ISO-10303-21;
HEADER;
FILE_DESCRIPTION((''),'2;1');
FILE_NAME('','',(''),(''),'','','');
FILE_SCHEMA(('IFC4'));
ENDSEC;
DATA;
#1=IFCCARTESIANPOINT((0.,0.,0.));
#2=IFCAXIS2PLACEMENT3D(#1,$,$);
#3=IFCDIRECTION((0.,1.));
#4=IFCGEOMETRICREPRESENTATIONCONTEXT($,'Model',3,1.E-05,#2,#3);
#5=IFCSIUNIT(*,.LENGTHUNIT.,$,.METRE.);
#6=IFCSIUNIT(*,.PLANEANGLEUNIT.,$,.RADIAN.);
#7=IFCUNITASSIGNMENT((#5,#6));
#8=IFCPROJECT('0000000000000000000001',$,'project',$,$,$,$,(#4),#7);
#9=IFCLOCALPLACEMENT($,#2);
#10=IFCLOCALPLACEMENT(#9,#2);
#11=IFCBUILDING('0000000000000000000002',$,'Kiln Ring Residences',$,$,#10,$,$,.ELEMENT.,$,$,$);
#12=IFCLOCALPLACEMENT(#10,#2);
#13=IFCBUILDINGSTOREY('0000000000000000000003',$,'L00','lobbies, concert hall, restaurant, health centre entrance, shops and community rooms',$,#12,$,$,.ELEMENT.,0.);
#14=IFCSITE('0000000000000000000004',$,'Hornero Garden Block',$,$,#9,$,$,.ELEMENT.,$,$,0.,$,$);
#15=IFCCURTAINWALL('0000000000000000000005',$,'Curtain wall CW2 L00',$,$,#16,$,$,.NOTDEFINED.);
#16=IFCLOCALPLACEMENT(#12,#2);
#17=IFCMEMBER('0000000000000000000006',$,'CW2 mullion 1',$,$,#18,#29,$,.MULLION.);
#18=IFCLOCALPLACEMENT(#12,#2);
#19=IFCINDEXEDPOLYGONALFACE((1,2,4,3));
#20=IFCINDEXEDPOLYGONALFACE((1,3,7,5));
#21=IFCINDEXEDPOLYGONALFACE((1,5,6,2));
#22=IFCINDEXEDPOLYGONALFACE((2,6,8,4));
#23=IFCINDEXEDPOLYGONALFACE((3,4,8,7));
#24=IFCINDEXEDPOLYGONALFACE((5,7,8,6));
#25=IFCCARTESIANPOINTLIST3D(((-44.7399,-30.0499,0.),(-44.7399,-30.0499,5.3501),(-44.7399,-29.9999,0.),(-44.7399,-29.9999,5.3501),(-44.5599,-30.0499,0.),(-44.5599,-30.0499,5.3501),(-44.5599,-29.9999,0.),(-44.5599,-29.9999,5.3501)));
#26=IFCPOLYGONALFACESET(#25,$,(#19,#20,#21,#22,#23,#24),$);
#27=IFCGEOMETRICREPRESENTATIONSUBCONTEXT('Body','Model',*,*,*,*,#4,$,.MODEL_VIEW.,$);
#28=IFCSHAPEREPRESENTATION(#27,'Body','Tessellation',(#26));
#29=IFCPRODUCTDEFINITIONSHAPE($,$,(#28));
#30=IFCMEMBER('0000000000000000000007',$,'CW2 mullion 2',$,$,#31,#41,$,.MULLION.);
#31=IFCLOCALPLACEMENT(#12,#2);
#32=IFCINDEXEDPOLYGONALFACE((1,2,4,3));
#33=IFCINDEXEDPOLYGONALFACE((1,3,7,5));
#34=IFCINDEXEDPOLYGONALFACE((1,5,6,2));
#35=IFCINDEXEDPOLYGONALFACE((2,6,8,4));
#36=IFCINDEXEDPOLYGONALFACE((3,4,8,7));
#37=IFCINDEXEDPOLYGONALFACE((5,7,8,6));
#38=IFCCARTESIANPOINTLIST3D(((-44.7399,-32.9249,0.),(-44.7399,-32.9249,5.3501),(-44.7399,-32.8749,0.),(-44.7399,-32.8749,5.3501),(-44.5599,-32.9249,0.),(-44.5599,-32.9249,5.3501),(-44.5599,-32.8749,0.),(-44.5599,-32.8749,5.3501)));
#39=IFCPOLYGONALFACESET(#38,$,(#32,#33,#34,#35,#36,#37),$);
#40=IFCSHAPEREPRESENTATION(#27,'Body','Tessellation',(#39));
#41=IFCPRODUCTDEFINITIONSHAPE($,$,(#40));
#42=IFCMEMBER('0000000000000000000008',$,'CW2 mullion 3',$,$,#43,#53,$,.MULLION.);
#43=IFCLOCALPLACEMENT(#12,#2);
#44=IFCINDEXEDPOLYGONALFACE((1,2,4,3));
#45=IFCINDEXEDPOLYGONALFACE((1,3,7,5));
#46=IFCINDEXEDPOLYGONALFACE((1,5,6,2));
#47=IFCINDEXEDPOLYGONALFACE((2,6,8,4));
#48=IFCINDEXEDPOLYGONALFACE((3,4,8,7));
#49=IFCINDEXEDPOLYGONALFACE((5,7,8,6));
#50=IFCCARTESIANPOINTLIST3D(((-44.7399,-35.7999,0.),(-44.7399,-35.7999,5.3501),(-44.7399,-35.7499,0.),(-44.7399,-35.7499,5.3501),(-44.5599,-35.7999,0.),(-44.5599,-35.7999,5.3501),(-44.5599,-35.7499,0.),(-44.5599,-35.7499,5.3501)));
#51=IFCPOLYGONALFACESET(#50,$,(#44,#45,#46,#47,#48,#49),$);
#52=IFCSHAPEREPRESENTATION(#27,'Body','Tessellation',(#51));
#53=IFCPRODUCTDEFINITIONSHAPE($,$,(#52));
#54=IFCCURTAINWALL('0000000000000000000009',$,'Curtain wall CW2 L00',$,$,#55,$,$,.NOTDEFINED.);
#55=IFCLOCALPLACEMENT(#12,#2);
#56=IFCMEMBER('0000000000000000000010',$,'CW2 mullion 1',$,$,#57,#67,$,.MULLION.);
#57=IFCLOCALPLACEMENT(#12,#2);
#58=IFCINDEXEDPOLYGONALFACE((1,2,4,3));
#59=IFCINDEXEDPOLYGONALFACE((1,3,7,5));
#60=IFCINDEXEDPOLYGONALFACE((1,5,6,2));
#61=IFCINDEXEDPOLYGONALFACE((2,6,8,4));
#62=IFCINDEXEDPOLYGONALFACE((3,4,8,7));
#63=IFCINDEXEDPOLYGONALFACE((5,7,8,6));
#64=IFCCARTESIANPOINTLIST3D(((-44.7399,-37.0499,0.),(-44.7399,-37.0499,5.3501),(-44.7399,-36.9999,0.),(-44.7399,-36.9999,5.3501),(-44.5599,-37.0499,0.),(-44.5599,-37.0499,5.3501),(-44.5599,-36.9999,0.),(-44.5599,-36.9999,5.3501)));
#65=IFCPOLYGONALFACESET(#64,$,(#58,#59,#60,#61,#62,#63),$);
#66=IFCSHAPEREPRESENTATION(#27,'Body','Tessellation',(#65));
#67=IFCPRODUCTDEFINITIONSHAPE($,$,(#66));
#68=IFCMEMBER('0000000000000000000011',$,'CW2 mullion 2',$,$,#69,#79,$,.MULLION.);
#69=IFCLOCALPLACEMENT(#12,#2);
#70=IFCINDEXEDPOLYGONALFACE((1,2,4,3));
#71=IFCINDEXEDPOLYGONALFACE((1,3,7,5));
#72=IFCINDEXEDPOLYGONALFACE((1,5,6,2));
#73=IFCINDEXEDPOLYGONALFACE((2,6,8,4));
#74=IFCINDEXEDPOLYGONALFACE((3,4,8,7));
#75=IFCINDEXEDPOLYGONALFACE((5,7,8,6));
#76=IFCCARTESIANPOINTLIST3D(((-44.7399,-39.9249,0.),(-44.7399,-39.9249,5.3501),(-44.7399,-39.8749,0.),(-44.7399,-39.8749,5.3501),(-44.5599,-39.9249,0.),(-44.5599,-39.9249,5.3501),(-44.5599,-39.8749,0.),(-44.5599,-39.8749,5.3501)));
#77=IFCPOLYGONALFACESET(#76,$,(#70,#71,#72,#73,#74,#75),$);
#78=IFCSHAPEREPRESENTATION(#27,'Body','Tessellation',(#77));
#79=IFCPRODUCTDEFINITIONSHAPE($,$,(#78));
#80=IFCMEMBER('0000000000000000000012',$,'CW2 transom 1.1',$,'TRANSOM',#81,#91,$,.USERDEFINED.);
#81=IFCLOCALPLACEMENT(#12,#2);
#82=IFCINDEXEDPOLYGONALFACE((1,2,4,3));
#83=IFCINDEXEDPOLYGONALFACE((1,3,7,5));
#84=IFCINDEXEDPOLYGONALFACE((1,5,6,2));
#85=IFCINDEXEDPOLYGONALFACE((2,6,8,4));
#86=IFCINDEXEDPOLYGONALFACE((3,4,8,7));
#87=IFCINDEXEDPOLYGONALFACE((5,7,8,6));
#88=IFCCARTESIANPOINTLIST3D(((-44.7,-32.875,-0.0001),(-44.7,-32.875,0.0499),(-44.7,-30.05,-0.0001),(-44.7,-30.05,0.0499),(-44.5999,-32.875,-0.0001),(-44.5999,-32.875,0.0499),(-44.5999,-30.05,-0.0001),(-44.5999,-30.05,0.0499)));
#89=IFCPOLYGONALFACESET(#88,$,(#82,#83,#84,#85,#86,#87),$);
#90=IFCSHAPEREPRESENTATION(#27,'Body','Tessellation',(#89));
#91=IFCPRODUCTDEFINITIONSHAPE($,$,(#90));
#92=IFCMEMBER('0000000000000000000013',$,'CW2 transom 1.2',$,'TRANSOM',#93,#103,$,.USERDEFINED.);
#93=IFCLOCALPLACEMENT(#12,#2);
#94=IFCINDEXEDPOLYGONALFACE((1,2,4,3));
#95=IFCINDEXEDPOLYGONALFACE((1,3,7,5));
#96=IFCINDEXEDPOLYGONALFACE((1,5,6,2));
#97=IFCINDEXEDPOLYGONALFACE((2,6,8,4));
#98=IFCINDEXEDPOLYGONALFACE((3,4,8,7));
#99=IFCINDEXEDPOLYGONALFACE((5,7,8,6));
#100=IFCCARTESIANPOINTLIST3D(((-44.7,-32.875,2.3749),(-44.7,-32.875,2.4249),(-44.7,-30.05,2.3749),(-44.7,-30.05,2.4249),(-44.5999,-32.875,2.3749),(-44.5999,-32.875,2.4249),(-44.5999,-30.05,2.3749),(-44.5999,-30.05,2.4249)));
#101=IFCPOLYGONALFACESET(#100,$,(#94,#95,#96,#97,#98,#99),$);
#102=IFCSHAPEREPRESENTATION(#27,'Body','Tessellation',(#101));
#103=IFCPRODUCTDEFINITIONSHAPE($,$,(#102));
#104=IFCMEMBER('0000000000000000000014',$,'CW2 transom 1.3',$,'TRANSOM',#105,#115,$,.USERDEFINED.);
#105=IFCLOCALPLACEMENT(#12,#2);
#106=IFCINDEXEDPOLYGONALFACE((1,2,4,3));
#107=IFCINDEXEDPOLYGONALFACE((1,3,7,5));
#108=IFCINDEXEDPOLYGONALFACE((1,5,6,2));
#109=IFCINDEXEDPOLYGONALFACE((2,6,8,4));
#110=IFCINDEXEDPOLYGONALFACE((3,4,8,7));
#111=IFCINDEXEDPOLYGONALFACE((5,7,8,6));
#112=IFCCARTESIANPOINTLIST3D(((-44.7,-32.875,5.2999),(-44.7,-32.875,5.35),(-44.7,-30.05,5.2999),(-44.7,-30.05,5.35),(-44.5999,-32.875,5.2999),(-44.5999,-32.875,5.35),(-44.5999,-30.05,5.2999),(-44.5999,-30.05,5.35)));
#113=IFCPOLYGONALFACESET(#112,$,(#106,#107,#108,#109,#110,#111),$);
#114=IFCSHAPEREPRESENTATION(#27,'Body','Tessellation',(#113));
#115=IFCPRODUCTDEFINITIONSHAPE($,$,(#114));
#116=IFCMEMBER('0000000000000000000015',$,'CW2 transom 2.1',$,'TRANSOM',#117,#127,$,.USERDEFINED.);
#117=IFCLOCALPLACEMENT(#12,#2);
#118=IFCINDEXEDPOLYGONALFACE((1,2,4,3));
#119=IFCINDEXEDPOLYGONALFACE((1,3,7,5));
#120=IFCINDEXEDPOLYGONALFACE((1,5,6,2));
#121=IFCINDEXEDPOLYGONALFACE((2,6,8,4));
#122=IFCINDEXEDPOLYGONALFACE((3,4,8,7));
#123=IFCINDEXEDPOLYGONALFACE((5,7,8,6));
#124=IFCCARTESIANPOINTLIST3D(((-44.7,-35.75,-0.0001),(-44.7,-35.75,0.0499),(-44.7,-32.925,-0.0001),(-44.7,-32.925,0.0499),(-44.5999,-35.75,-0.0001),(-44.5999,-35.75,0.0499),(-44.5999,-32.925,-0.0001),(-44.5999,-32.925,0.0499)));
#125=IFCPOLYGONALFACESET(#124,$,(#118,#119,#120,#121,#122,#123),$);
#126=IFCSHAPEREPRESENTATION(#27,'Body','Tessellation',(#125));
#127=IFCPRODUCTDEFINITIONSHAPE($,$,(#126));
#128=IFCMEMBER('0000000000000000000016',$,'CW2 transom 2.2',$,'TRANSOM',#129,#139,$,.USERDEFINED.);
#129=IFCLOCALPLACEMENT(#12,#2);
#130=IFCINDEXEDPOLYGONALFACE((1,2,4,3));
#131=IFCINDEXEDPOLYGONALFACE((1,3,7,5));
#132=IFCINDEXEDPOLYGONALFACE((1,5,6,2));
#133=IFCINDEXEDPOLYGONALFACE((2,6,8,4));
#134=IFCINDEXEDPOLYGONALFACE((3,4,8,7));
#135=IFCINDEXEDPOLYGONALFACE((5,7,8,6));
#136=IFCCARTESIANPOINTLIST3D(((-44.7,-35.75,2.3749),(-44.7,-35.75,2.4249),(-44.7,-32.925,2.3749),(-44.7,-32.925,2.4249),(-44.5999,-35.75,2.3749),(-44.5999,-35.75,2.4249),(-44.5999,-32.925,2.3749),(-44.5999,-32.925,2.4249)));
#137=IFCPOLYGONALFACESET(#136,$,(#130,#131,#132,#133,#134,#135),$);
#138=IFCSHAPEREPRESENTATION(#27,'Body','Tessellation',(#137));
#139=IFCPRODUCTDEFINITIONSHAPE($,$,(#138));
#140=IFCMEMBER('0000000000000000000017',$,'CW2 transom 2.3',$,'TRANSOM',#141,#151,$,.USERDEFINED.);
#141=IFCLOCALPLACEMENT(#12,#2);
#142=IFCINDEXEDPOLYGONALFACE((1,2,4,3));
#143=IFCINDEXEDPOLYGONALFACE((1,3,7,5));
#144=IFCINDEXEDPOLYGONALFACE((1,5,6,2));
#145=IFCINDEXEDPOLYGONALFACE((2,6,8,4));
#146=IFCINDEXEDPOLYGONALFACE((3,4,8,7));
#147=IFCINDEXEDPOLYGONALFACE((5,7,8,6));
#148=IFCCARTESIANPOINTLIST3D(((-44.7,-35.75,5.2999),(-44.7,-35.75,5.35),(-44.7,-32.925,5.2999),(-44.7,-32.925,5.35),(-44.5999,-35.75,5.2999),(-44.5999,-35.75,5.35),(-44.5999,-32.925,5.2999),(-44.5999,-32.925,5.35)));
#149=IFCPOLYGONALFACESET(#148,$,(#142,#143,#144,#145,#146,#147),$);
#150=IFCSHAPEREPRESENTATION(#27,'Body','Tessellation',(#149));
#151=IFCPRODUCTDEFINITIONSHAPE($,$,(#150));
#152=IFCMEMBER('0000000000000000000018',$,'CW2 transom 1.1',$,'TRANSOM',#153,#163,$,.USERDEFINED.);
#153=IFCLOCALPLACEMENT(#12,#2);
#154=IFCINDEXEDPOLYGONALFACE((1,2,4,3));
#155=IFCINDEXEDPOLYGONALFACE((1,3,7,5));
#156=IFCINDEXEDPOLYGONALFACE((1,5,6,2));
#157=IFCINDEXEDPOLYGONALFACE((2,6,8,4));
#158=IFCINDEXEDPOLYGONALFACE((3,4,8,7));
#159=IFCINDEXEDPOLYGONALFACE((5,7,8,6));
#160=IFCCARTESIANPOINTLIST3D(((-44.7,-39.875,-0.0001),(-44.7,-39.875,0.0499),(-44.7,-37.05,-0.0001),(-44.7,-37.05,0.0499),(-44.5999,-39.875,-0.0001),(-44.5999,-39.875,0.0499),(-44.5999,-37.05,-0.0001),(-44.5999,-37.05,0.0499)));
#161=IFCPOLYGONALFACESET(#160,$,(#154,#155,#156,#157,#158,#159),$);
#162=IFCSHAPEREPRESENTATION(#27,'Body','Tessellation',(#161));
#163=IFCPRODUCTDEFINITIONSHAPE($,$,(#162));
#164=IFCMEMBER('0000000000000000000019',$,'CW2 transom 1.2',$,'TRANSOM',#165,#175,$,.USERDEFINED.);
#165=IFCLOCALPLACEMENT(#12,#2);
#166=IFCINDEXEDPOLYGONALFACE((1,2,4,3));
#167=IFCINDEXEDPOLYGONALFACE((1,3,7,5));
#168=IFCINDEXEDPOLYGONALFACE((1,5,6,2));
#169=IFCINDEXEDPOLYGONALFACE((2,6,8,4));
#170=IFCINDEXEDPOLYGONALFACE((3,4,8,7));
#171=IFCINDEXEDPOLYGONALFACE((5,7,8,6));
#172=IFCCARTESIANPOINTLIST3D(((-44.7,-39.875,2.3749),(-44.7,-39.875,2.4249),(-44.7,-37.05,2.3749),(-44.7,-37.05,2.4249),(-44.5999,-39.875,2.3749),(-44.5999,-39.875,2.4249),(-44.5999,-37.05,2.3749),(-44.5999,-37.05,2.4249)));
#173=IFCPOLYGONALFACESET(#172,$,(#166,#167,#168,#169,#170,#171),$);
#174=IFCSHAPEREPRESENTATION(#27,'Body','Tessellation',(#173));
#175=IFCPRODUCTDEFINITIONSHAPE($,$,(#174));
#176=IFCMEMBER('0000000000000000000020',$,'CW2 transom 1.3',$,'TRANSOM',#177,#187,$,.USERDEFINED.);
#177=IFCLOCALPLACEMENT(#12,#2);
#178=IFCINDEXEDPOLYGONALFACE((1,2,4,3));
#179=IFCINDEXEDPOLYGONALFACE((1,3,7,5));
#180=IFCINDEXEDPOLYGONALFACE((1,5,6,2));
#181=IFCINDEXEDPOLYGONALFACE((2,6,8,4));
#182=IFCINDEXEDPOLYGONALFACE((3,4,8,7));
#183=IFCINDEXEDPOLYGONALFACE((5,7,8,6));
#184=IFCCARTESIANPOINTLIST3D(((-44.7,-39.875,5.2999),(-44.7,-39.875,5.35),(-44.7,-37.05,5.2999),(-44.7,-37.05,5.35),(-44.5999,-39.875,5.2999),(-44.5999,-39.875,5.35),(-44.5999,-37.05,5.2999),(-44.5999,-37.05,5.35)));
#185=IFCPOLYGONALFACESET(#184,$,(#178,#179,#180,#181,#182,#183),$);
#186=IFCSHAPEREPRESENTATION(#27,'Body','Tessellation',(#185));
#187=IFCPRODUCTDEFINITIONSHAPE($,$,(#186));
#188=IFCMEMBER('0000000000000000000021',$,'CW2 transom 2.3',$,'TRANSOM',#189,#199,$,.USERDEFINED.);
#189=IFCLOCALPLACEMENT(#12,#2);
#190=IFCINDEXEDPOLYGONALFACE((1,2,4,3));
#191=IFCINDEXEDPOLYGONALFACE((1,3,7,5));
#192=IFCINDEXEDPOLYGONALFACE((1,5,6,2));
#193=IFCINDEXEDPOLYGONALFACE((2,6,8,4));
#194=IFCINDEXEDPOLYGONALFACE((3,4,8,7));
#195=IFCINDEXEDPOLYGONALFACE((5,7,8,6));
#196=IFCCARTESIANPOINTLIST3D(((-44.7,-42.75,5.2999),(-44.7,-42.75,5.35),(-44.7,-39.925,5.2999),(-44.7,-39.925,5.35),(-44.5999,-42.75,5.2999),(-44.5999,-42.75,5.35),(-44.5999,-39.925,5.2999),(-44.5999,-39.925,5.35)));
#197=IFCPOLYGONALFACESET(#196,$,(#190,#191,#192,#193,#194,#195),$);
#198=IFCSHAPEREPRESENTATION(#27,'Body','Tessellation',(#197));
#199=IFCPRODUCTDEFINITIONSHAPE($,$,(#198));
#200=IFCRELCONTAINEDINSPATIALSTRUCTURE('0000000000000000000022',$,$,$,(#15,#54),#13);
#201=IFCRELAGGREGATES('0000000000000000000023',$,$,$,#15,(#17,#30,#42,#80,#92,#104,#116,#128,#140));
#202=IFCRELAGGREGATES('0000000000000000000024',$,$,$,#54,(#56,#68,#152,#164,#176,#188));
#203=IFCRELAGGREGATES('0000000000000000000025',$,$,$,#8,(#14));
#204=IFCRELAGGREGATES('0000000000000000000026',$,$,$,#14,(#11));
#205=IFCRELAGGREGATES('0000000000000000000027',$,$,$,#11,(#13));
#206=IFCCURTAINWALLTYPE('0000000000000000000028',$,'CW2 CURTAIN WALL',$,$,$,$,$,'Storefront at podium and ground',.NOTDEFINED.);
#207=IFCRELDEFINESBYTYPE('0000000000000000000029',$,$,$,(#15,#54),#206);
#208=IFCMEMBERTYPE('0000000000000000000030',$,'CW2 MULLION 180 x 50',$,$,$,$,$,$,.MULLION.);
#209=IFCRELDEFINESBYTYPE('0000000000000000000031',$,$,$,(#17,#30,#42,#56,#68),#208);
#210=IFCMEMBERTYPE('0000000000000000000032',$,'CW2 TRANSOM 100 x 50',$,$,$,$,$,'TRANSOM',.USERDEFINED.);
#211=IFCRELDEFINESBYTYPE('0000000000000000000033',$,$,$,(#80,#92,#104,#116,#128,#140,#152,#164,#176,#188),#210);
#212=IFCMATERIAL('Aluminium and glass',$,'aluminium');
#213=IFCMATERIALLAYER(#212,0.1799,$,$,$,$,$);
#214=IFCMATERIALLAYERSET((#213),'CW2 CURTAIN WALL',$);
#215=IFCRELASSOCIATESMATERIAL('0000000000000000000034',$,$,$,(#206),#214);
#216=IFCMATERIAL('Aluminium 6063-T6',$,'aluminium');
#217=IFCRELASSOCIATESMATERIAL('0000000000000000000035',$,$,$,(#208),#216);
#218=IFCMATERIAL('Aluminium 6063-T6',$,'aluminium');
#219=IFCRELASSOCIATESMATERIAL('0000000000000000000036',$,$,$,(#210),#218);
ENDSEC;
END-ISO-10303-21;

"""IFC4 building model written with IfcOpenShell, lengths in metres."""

from ifc_helpers import new_model, si_unit, direction, frame, origin, origin_2d, place, context, subcontext, project, spatial, rectangle, extrude, material, layer, layer_set, material_profile, profile_set, type_object, element, aggregate, save


model = new_model("IFC4")

# Units and contexts
model_context = context("Model", 3, precision=1e-05, world=origin(), true_north=direction((0.0, 1.0)))
body_context = subcontext(model_context, "Body", "Model", "MODEL_VIEW")
ifc_project = project(units=[si_unit("LENGTHUNIT", "METRE"), si_unit("PLANEANGLEUNIT", "RADIAN")], contexts=[model_context])

# Site, building, storey
site_placement = place(None, origin())
site = spatial("IfcSite", under=ifc_project, at=site_placement, Name="Hornero Garden Block", CompositionType="ELEMENT", RefElevation=0.0)
building_placement = place(site_placement, origin())
building = spatial("IfcBuilding", under=site, at=building_placement, Name="Kiln Ring Residences", CompositionType="ELEMENT")
storey_placement = place(building_placement, origin())
storey = spatial("IfcBuildingStorey", under=building, at=storey_placement, Name="L00", Description="lobbies, concert hall, restaurant, health centre entrance, shops and community rooms", CompositionType="ELEMENT", Elevation=0.0)

# Curtain walls, members
ifc_material_1 = material(Name="Aluminium and glass", Category="aluminium")
ifc_layer_1 = layer(ifc_material_1, 0.1799)
ifc_layer_set_1 = layer_set([ifc_layer_1], Name="CW2 CURTAIN WALL")
curtain_wall_type = type_object("IfcCurtainWallType", Name="CW2 CURTAIN WALL", ElementType="Storefront at podium and ground", PredefinedType="NOTDEFINED", material=ifc_layer_set_1)
placement = place(storey_placement, origin())
curtain_wall_1 = element("IfcCurtainWall", 1, at=placement, inside=storey, type_object=curtain_wall_type, Name="Curtain wall CW2 L00", PredefinedType="NOTDEFINED")
ifc_material_2 = material(Name="Aluminium 6063-T6", Category="aluminium")
ifc_material_profile_1 = material_profile(ifc_material_2, rectangle(XDim=0.1799, YDim=0.05, at=origin_2d()), Name="AL 180x50")
ifc_profile_set_1 = profile_set([ifc_material_profile_1], Name="Aluminium 6063-T6")
member_type_1 = type_object("IfcMemberType", Name="CW2 MULLION 180 x 50", PredefinedType="MULLION", material=ifc_profile_set_1)
member_1_placement = place(storey_placement, frame((-44.6499, -30.0249, 0.0), z_axis=(0.0, 0.0, 1.0), x_axis=(1.0, 0.0, 0.0)))
member_1 = element("IfcMember", 2, at=member_1_placement, type_object=member_type_1, Name="CW2 mullion 1", PredefinedType="MULLION", context=body_context, shape_type="SweptSolid", body=[
    extrude(rectangle(XDim=0.1799, YDim=0.05, at=origin_2d()), origin(), (0.0, 0.0, 1.0), 5.3501),
])
member_2_placement = place(storey_placement, frame((-44.6499, -32.8999, 0.0), z_axis=(0.0, 0.0, 1.0), x_axis=(1.0, 0.0, 0.0)))
member_2 = element("IfcMember", 3, at=member_2_placement, type_object=member_type_1, Name="CW2 mullion 2", PredefinedType="MULLION", context=body_context, shape_type="SweptSolid", body=[
    extrude(rectangle(XDim=0.1799, YDim=0.05, at=origin_2d()), origin(), (0.0, 0.0, 1.0), 5.3501),
])
member_3_placement = place(storey_placement, frame((-44.6499, -35.7749, 0.0), z_axis=(0.0, 0.0, 1.0), x_axis=(1.0, 0.0, 0.0)))
member_3 = element("IfcMember", 4, at=member_3_placement, type_object=member_type_1, Name="CW2 mullion 3", PredefinedType="MULLION", context=body_context, shape_type="SweptSolid", body=[
    extrude(rectangle(XDim=0.1799, YDim=0.05, at=origin_2d()), origin(), (0.0, 0.0, 1.0), 5.3501),
])
curtain_wall_2 = element("IfcCurtainWall", 5, at=placement, inside=storey, type_object=curtain_wall_type, Name="Curtain wall CW2 L00", PredefinedType="NOTDEFINED")
member_4_placement = place(storey_placement, frame((-44.6499, -37.0249, 0.0), z_axis=(0.0, 0.0, 1.0), x_axis=(1.0, 0.0, 0.0)))
member_4 = element("IfcMember", 6, at=member_4_placement, type_object=member_type_1, Name="CW2 mullion 1", PredefinedType="MULLION", context=body_context, shape_type="SweptSolid", body=[
    extrude(rectangle(XDim=0.1799, YDim=0.05, at=origin_2d()), origin(), (0.0, 0.0, 1.0), 5.3501),
])
member_5_placement = place(storey_placement, frame((-44.6499, -39.8999, 0.0), z_axis=(0.0, 0.0, 1.0), x_axis=(1.0, 0.0, 0.0)))
member_5 = element("IfcMember", 7, at=member_5_placement, type_object=member_type_1, Name="CW2 mullion 2", PredefinedType="MULLION", context=body_context, shape_type="SweptSolid", body=[
    extrude(rectangle(XDim=0.1799, YDim=0.05, at=origin_2d()), origin(), (0.0, 0.0, 1.0), 5.3501),
])

# Members
ifc_material_3 = material(Name="Aluminium 6063-T6", Category="aluminium")
ifc_material_profile_2 = material_profile(ifc_material_3, rectangle(XDim=0.1001, YDim=0.05, at=origin_2d()), Name="AL 100x50")
ifc_profile_set_2 = profile_set([ifc_material_profile_2], Name="Aluminium 6063-T6")
member_type_2 = type_object("IfcMemberType", Name="CW2 TRANSOM 100 x 50", ElementType="TRANSOM", PredefinedType="USERDEFINED", material=ifc_profile_set_2)
member_6_placement = place(storey_placement, frame((-44.6499, -30.05, 0.0249), z_axis=(0.0, -1.0, 0.0), x_axis=(1.0, 0.0, 0.0)))
member_6 = element("IfcMember", 8, at=member_6_placement, type_object=member_type_2, Name="CW2 transom 1.1", ObjectType="TRANSOM", PredefinedType="USERDEFINED", context=body_context, shape_type="SweptSolid", body=[
    extrude(rectangle(XDim=0.1001, YDim=0.05, at=origin_2d()), origin(), (0.0, 0.0, 1.0), 2.825),
])
member_7_placement = place(storey_placement, frame((-44.6499, -30.05, 2.3999), z_axis=(0.0, -1.0, 0.0), x_axis=(1.0, 0.0, 0.0)))
member_7 = element("IfcMember", 9, at=member_7_placement, type_object=member_type_2, Name="CW2 transom 1.2", ObjectType="TRANSOM", PredefinedType="USERDEFINED", context=body_context, shape_type="SweptSolid", body=[
    extrude(rectangle(XDim=0.1001, YDim=0.05, at=origin_2d()), origin(), (0.0, 0.0, 1.0), 2.825),
])
member_8_placement = place(storey_placement, frame((-44.6499, -30.05, 5.325), z_axis=(0.0, -1.0, 0.0), x_axis=(1.0, 0.0, 0.0)))
member_8 = element("IfcMember", 10, at=member_8_placement, type_object=member_type_2, Name="CW2 transom 1.3", ObjectType="TRANSOM", PredefinedType="USERDEFINED", context=body_context, shape_type="SweptSolid", body=[
    extrude(rectangle(XDim=0.1001, YDim=0.05, at=origin_2d()), origin(), (0.0, 0.0, 1.0), 2.825),
])
member_9_placement = place(storey_placement, frame((-44.6499, -32.925, 0.0249), z_axis=(0.0, -1.0, 0.0), x_axis=(1.0, 0.0, 0.0)))
member_9 = element("IfcMember", 11, at=member_9_placement, type_object=member_type_2, Name="CW2 transom 2.1", ObjectType="TRANSOM", PredefinedType="USERDEFINED", context=body_context, shape_type="SweptSolid", body=[
    extrude(rectangle(XDim=0.1001, YDim=0.05, at=origin_2d()), origin(), (0.0, 0.0, 1.0), 2.825),
])
member_10_placement = place(storey_placement, frame((-44.6499, -32.925, 2.3999), z_axis=(0.0, -1.0, 0.0), x_axis=(1.0, 0.0, 0.0)))
member_10 = element("IfcMember", 12, at=member_10_placement, type_object=member_type_2, Name="CW2 transom 2.2", ObjectType="TRANSOM", PredefinedType="USERDEFINED", context=body_context, shape_type="SweptSolid", body=[
    extrude(rectangle(XDim=0.1001, YDim=0.05, at=origin_2d()), origin(), (0.0, 0.0, 1.0), 2.825),
])
member_11_placement = place(storey_placement, frame((-44.6499, -32.925, 5.325), z_axis=(0.0, -1.0, 0.0), x_axis=(1.0, 0.0, 0.0)))
member_11 = element("IfcMember", 13, at=member_11_placement, type_object=member_type_2, Name="CW2 transom 2.3", ObjectType="TRANSOM", PredefinedType="USERDEFINED", context=body_context, shape_type="SweptSolid", body=[
    extrude(rectangle(XDim=0.1001, YDim=0.05, at=origin_2d()), origin(), (0.0, 0.0, 1.0), 2.825),
])
member_12_placement = place(storey_placement, frame((-44.6499, -37.05, 0.0249), z_axis=(0.0, -1.0, 0.0), x_axis=(1.0, 0.0, 0.0)))
member_12 = element("IfcMember", 14, at=member_12_placement, type_object=member_type_2, Name="CW2 transom 1.1", ObjectType="TRANSOM", PredefinedType="USERDEFINED", context=body_context, shape_type="SweptSolid", body=[
    extrude(rectangle(XDim=0.1001, YDim=0.05, at=origin_2d()), origin(), (0.0, 0.0, 1.0), 2.825),
])
member_13_placement = place(storey_placement, frame((-44.6499, -37.05, 2.3999), z_axis=(0.0, -1.0, 0.0), x_axis=(1.0, 0.0, 0.0)))
member_13 = element("IfcMember", 15, at=member_13_placement, type_object=member_type_2, Name="CW2 transom 1.2", ObjectType="TRANSOM", PredefinedType="USERDEFINED", context=body_context, shape_type="SweptSolid", body=[
    extrude(rectangle(XDim=0.1001, YDim=0.05, at=origin_2d()), origin(), (0.0, 0.0, 1.0), 2.825),
])
member_14_placement = place(storey_placement, frame((-44.6499, -37.05, 5.325), z_axis=(0.0, -1.0, 0.0), x_axis=(1.0, 0.0, 0.0)))
member_14 = element("IfcMember", 16, at=member_14_placement, type_object=member_type_2, Name="CW2 transom 1.3", ObjectType="TRANSOM", PredefinedType="USERDEFINED", context=body_context, shape_type="SweptSolid", body=[
    extrude(rectangle(XDim=0.1001, YDim=0.05, at=origin_2d()), origin(), (0.0, 0.0, 1.0), 2.825),
])
member_15_placement = place(storey_placement, frame((-44.6499, -39.925, 5.325), z_axis=(0.0, -1.0, 0.0), x_axis=(1.0, 0.0, 0.0)))
member_15 = element("IfcMember", 17, at=member_15_placement, type_object=member_type_2, Name="CW2 transom 2.3", ObjectType="TRANSOM", PredefinedType="USERDEFINED", context=body_context, shape_type="SweptSolid", body=[
    extrude(rectangle(XDim=0.1001, YDim=0.05, at=origin_2d()), origin(), (0.0, 0.0, 1.0), 2.825),
])

aggregate(curtain_wall_1, [member_1, member_2, member_3, member_6, member_7, member_8, member_9, member_10, member_11])
aggregate(curtain_wall_2, [member_4, member_5, member_12, member_13, member_14, member_15])

save(model, "model.ifc")
